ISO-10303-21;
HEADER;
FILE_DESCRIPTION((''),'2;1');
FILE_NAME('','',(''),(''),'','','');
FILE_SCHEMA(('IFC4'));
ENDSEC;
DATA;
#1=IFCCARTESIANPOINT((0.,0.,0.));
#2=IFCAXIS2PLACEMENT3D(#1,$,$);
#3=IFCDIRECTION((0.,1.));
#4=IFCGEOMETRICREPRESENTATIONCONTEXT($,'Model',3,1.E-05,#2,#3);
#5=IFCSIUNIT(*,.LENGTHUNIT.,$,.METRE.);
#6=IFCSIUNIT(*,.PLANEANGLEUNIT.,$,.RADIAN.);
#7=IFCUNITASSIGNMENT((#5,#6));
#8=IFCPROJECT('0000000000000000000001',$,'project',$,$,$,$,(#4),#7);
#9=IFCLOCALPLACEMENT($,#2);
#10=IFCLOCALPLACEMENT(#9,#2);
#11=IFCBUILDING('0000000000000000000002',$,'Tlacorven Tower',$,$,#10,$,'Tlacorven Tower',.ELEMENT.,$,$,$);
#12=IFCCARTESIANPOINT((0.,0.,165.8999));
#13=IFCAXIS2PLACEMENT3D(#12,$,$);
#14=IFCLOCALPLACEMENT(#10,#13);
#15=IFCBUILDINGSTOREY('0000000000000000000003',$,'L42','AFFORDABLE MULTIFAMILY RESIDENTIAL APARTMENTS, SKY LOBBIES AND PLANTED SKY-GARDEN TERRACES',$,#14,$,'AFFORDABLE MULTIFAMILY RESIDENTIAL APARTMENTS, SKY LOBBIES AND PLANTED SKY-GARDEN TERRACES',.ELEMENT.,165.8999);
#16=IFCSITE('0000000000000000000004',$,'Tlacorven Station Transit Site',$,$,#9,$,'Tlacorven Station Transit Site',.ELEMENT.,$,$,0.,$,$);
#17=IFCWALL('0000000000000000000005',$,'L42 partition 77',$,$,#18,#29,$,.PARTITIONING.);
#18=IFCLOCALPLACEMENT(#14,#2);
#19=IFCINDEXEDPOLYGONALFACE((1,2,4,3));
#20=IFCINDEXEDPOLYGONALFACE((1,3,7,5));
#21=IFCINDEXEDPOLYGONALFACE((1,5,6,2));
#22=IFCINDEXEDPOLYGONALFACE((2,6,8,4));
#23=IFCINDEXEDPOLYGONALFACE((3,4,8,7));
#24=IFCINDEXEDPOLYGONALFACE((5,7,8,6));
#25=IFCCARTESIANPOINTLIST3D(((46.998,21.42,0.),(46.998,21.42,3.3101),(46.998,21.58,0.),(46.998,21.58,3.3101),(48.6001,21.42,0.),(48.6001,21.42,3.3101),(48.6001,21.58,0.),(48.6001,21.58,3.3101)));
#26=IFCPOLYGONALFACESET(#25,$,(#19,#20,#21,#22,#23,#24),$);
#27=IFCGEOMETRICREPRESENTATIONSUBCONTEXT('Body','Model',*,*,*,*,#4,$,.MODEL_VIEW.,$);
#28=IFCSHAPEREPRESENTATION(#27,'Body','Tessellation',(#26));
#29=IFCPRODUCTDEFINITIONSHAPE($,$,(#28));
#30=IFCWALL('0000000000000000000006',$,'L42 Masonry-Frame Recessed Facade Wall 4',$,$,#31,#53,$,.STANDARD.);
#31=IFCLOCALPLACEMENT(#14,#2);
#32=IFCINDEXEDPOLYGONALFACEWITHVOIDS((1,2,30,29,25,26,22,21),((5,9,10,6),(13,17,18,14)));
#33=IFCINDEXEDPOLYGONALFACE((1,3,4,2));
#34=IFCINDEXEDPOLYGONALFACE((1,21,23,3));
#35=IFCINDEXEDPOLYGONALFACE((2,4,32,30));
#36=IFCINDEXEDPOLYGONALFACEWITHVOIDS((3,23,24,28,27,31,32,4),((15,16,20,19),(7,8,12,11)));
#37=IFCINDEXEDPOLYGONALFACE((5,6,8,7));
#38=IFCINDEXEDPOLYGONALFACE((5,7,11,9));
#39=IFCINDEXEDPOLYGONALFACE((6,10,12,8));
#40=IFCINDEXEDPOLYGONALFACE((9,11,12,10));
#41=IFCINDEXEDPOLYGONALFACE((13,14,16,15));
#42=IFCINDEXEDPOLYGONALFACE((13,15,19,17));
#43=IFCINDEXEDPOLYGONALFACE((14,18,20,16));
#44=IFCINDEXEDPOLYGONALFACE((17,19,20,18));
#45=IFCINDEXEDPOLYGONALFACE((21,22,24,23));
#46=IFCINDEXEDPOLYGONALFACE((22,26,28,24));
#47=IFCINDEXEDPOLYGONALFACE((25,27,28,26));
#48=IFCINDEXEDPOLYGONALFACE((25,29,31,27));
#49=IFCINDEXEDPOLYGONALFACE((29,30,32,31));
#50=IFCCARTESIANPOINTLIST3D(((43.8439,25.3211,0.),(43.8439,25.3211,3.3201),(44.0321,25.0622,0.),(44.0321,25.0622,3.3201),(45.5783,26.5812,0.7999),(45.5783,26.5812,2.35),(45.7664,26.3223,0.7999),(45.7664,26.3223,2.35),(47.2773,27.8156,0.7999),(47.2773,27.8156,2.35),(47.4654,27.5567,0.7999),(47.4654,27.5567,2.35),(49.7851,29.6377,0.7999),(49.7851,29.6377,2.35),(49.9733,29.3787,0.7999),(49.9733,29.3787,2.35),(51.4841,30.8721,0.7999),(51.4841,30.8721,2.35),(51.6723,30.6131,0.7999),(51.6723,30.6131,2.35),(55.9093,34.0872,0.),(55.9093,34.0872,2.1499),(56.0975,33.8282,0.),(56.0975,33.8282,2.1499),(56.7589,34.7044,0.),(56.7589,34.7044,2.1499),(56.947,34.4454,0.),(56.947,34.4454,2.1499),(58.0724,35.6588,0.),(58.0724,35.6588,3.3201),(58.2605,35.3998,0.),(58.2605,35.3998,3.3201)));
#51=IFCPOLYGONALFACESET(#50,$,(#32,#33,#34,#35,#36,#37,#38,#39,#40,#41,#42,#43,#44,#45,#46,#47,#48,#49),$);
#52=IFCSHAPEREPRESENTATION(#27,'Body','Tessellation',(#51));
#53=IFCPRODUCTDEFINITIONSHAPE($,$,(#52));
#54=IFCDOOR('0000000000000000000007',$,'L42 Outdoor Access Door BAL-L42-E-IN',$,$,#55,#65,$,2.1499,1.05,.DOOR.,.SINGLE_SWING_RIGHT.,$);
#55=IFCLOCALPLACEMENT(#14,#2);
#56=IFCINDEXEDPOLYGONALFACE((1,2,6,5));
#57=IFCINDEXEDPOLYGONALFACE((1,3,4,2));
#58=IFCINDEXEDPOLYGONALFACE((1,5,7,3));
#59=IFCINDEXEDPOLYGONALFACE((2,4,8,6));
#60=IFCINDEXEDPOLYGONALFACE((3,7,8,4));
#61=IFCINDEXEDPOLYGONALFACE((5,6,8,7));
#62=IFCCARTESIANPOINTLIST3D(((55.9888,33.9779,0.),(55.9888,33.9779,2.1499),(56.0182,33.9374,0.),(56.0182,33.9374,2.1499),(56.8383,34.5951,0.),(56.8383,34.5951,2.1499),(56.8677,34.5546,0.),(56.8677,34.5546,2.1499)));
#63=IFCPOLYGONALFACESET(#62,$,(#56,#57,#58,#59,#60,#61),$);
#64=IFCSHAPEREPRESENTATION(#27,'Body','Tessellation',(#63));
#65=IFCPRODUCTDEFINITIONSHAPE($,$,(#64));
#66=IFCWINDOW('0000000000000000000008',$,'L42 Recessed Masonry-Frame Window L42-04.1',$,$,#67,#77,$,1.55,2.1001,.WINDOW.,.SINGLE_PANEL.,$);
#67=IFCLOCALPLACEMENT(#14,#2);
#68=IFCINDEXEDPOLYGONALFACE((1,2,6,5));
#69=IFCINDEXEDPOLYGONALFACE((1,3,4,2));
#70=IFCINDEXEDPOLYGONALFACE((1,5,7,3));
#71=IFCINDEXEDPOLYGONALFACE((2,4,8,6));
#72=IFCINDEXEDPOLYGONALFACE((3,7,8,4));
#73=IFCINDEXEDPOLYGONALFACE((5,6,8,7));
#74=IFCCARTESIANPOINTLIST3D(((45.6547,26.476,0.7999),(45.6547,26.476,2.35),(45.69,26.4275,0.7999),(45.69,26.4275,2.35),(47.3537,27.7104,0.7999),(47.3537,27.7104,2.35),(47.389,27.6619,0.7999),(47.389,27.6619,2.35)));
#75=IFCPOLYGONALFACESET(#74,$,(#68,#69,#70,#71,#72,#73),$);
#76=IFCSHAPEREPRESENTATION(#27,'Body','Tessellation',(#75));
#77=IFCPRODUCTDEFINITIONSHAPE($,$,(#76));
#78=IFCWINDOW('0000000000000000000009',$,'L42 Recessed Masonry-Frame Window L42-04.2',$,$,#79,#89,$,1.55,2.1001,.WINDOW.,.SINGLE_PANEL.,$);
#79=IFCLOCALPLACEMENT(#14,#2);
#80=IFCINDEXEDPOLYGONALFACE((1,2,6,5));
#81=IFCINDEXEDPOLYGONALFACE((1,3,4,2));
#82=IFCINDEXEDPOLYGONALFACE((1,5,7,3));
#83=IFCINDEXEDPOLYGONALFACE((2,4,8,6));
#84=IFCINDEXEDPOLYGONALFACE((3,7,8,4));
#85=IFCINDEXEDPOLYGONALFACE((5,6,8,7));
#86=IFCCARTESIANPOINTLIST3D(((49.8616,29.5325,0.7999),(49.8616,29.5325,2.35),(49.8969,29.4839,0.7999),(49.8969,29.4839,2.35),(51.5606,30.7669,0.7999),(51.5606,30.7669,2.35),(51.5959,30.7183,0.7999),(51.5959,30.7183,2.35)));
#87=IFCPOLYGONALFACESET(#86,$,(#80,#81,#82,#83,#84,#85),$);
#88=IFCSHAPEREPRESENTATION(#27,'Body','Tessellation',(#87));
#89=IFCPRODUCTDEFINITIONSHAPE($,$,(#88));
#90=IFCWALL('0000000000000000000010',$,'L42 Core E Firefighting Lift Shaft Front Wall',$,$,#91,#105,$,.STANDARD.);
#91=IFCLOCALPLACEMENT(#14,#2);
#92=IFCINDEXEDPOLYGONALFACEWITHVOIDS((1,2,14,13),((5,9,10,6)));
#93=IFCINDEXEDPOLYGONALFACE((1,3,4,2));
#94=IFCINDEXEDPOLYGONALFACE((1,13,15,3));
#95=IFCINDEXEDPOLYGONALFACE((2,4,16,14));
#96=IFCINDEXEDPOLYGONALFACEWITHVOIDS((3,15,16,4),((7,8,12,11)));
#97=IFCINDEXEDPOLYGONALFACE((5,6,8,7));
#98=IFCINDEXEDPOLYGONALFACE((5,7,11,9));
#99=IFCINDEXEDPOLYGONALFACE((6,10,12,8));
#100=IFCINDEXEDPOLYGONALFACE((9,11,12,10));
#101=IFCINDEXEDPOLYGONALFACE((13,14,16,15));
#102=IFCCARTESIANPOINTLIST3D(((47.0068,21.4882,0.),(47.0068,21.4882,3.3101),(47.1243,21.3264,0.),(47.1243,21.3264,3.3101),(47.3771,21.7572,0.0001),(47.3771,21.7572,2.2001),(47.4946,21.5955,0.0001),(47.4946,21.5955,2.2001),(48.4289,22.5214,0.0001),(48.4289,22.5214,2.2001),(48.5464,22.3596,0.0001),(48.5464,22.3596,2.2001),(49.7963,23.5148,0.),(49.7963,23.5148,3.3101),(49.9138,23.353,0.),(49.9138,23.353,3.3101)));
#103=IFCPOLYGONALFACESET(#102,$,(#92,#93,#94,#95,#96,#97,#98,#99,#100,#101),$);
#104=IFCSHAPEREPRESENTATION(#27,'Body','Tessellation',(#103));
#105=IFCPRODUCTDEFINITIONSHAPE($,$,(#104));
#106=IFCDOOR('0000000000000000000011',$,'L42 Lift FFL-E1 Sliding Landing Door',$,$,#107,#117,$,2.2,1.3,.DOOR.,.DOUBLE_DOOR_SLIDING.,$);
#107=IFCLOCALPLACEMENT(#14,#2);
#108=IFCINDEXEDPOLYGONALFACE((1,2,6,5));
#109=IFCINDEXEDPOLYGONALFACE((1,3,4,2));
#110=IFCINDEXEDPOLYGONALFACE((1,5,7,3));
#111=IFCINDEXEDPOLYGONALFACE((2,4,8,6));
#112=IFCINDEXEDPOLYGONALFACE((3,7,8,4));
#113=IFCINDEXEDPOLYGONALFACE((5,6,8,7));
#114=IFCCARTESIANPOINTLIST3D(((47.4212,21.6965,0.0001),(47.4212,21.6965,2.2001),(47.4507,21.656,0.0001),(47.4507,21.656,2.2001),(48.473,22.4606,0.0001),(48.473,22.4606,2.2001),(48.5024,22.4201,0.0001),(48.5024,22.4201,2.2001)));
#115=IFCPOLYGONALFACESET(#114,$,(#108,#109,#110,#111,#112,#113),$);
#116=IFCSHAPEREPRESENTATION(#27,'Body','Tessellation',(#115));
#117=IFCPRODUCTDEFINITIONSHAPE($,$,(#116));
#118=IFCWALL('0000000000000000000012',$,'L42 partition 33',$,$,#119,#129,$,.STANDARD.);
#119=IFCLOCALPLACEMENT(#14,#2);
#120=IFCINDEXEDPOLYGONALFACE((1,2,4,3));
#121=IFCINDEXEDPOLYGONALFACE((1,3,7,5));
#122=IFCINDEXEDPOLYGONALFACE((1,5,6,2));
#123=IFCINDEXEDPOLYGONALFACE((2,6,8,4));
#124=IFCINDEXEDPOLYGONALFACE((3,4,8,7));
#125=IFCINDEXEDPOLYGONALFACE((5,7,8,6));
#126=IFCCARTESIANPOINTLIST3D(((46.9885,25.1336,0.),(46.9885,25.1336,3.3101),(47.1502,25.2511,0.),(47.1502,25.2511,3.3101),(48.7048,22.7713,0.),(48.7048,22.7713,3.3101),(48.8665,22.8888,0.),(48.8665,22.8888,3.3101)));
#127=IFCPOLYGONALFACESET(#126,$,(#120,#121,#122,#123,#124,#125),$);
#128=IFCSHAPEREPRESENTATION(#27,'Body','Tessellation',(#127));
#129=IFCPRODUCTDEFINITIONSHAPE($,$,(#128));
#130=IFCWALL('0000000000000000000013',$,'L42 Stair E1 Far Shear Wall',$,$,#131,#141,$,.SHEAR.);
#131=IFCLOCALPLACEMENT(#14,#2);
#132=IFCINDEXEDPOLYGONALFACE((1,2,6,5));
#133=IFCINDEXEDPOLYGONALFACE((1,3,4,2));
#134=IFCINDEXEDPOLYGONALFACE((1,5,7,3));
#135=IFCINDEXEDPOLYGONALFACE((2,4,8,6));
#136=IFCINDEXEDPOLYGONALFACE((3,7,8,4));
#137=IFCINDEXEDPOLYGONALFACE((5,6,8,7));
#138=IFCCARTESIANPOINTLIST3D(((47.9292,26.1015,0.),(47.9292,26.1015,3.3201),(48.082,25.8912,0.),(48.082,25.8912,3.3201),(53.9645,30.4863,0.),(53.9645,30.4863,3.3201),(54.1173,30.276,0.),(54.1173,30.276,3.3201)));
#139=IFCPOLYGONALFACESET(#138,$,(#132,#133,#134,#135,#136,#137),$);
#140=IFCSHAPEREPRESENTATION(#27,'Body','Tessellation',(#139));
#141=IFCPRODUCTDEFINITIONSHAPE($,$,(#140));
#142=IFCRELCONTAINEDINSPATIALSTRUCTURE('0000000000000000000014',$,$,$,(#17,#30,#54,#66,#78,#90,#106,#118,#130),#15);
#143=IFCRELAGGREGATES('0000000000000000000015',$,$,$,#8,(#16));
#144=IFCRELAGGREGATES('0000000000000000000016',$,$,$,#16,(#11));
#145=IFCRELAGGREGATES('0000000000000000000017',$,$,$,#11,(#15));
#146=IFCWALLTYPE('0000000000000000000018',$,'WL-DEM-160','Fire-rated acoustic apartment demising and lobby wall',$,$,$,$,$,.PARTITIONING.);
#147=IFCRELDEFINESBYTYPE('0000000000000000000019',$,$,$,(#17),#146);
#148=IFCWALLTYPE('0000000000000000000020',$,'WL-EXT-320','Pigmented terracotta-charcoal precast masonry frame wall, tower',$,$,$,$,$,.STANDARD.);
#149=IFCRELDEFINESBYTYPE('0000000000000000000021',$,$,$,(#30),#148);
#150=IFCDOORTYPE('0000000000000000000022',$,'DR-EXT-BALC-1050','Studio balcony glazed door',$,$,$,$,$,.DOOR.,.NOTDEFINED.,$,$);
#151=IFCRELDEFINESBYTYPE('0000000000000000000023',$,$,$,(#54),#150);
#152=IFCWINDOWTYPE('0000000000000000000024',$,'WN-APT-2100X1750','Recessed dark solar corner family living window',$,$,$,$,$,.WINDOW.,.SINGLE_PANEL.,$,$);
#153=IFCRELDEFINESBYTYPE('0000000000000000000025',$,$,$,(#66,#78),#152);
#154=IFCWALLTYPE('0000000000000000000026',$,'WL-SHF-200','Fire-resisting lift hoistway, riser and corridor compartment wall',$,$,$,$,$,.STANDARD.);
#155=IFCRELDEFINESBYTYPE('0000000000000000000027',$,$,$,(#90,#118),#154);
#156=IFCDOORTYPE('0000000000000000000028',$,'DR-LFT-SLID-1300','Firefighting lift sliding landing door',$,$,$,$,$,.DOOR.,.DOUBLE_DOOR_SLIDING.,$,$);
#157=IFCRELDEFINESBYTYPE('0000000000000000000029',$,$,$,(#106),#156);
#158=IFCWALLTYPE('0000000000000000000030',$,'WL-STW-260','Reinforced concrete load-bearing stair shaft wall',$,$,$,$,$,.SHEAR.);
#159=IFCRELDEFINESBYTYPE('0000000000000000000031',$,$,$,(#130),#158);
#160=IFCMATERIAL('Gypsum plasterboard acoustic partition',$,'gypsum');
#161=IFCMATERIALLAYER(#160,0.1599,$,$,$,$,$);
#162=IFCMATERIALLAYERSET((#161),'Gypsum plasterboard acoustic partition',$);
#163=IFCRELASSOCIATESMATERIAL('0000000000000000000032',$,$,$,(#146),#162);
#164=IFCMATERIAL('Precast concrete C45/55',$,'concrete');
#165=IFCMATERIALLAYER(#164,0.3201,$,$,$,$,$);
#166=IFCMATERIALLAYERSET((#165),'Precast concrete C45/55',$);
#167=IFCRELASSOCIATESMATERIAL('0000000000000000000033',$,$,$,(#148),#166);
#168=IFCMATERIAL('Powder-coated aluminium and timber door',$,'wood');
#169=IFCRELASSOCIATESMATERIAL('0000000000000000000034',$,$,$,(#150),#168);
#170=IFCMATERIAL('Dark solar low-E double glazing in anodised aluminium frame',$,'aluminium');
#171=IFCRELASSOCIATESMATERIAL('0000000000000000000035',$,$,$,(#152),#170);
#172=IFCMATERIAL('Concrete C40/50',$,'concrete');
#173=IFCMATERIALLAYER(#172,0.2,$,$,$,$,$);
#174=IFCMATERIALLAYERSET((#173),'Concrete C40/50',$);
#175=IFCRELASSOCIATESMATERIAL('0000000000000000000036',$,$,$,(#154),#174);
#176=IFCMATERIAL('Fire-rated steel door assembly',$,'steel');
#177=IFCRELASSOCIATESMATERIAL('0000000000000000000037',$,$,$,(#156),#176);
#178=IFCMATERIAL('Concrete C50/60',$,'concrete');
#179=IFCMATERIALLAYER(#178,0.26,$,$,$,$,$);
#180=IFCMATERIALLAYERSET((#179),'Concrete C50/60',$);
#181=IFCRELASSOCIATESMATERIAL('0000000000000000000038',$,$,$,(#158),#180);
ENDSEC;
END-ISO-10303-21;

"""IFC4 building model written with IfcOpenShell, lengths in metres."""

from ifc_helpers import new_model, si_unit, direction, frame, frame_2d, origin, place, context, subcontext, project, spatial, rectangle, extrude, source, transform, mapped, material, layer, layer_set, type_object, element, fill, save


model = new_model("IFC4")

# Units and contexts
model_context = context("Model", 3, precision=1e-05, world=origin(), true_north=direction((0.0, 1.0)))
body_context = subcontext(model_context, "Body", "Model", "MODEL_VIEW")
ifc_project = project(units=[si_unit("LENGTHUNIT", "METRE"), si_unit("PLANEANGLEUNIT", "RADIAN")], contexts=[model_context])

# Site, building, storey
site_placement = place(None, origin())
site = spatial("IfcSite", under=ifc_project, at=site_placement, Name="Tlacorven Station Transit Site", LongName="Tlacorven Station Transit Site", CompositionType="ELEMENT", RefElevation=0.0)
building_placement = place(site_placement, origin())
building = spatial("IfcBuilding", under=site, at=building_placement, Name="Tlacorven Tower", LongName="Tlacorven Tower", CompositionType="ELEMENT")
storey_placement = place(building_placement, frame((0.0, 0.0, 165.8999)))
storey = spatial("IfcBuildingStorey", under=building, at=storey_placement, Name="L42", Description="AFFORDABLE MULTIFAMILY RESIDENTIAL APARTMENTS, SKY LOBBIES AND PLANTED SKY-GARDEN TERRACES", LongName="AFFORDABLE MULTIFAMILY RESIDENTIAL APARTMENTS, SKY LOBBIES AND PLANTED SKY-GARDEN TERRACES", CompositionType="ELEMENT", Elevation=165.8999)

# Wall
ifc_material_1 = material(Name="Gypsum plasterboard acoustic partition", Category="gypsum")
ifc_layer_1 = layer(ifc_material_1, 0.1599)
ifc_layer_set_1 = layer_set([ifc_layer_1], Name="Gypsum plasterboard acoustic partition")
wall_type_1 = type_object("IfcWallType", Name="WL-DEM-160", Description="Fire-rated acoustic apartment demising and lobby wall", PredefinedType="PARTITIONING", material=ifc_layer_set_1)
wall_1_placement = place(storey_placement, frame((46.998, 21.5, 0.0), z_axis=(0.0, 0.0, 1.0), x_axis=(1.0, 0.0, 0.0)))
element("IfcWall", 1, at=wall_1_placement, inside=storey, type_object=wall_type_1, Name="L42 partition 77", PredefinedType="PARTITIONING", context=body_context, shape_type="SweptSolid", body=[
    extrude(rectangle(XDim=1.6021, YDim=0.1599, at=frame_2d((0.801, 0.0))), origin(), (0.0, 0.0, 1.0), 3.3101),
])

# Wall, openings, door, windows
ifc_material_2 = material(Name="Precast concrete C45/55", Category="concrete")
ifc_layer_2 = layer(ifc_material_2, 0.3201)
ifc_layer_set_2 = layer_set([ifc_layer_2], Name="Precast concrete C45/55")
wall_type_2 = type_object("IfcWallType", Name="WL-EXT-320", Description="Pigmented terracotta-charcoal precast masonry frame wall, tower", PredefinedType="STANDARD", material=ifc_layer_set_2)
wall_2_placement = place(storey_placement, frame((43.938, 25.1917, 0.0), z_axis=(0.0, 0.0, 1.0), x_axis=(0.809016, 0.587786, 0.0)))
wall_2 = element("IfcWall", 2, at=wall_2_placement, inside=storey, type_object=wall_type_2, Name="L42 Masonry-Frame Recessed Facade Wall 4", PredefinedType="STANDARD", context=body_context, shape_type="SweptSolid", body=[
    extrude(rectangle(XDim=17.5874, YDim=0.3201, at=frame_2d((8.7937, 0.0))), origin(), (0.0, 0.0, 1.0), 3.3201),
])
opening_1_placement = place(wall_2_placement, frame((14.9138, 0.0, 0.0)))
opening_1 = element("IfcOpeningElement", 3, at=opening_1_placement, cuts=wall_2, PredefinedType="OPENING", context=body_context, shape_type="SweptSolid", body=[
    extrude(rectangle(XDim=1.05, YDim=2.1499, at=frame_2d((0.5249, 1.075))), frame((0.0, 0.1699, 0.0), z_axis=(0.0, -1.0, 0.0), x_axis=(1.0, 0.0, 0.0)), (0.0, 0.0, 1.0), 0.3401),
])
opening_2_placement = place(wall_2_placement, frame((2.1438, 0.0, 0.8)))
opening_2 = element("IfcOpeningElement", 4, at=opening_2_placement, cuts=wall_2, PredefinedType="OPENING", context=body_context, shape_type="SweptSolid", body=[
    extrude(rectangle(XDim=2.1001, YDim=1.55, at=frame_2d((1.05, 0.7749))), frame((0.0, 0.1699, 0.0), z_axis=(0.0, -1.0, 0.0), x_axis=(1.0, 0.0, 0.0)), (0.0, 0.0, 1.0), 0.3401),
])
opening_3_placement = place(wall_2_placement, frame((7.3438, 0.0, 0.8)))
opening_3 = element("IfcOpeningElement", 5, at=opening_3_placement, cuts=wall_2, PredefinedType="OPENING", context=body_context, shape_type="SweptSolid", body=[
    extrude(rectangle(XDim=2.1001, YDim=1.55, at=frame_2d((1.05, 0.7749))), frame((0.0, 0.1699, 0.0), z_axis=(0.0, -1.0, 0.0), x_axis=(1.0, 0.0, 0.0)), (0.0, 0.0, 1.0), 0.3401),
])
ifc_material_3 = material(Name="Powder-coated aluminium and timber door", Category="wood")
door_type_1 = type_object("IfcDoorType", Name="DR-EXT-BALC-1050", Description="Studio balcony glazed door", OperationType="NOTDEFINED", PredefinedType="DOOR", material=ifc_material_3)
shared_shape_1 = source(origin(), body_context, "Body", "SweptSolid", [
    extrude(rectangle(XDim=1.05, YDim=2.1499, at=frame_2d((0.5249, 1.075))), frame((0.0, 0.0249, 0.0), z_axis=(0.0, -1.0, 0.0), x_axis=(1.0, 0.0, 0.0)), (0.0, 0.0, 1.0), 0.05),
])
door_1_placement = place(opening_1_placement, origin())
door_1 = element("IfcDoor", 6, at=door_1_placement, inside=storey, type_object=door_type_1, Name="L42 Outdoor Access Door BAL-L42-E-IN", OperationType="SINGLE_SWING_RIGHT", OverallHeight=2.1499, OverallWidth=1.05, PredefinedType="DOOR", context=body_context, shape_type="MappedRepresentation", body=[
    mapped(shared_shape_1, transform((0.0, 0.0, 0.0), scale=1.0)),
])
fill(opening_1, door_1)
ifc_material_4 = material(Name="Dark solar low-E double glazing in anodised aluminium frame", Category="aluminium")
window_type = type_object("IfcWindowType", Name="WN-APT-2100X1750", Description="Recessed dark solar corner family living window", PartitioningType="SINGLE_PANEL", PredefinedType="WINDOW", material=ifc_material_4)
shared_shape_2 = source(origin(), body_context, "Body", "SweptSolid", [
    extrude(rectangle(XDim=2.1001, YDim=1.55, at=frame_2d((1.05, 0.7749))), frame((0.0, 0.03, 0.0), z_axis=(0.0, -1.0, 0.0), x_axis=(1.0, 0.0, 0.0)), (0.0, 0.0, 1.0), 0.0601),
])
window_1_placement = place(opening_2_placement, origin())
window_1 = element("IfcWindow", 7, at=window_1_placement, inside=storey, type_object=window_type, Name="L42 Recessed Masonry-Frame Window L42-04.1", OverallHeight=1.55, OverallWidth=2.1001, PartitioningType="SINGLE_PANEL", PredefinedType="WINDOW", context=body_context, shape_type="MappedRepresentation", body=[
    mapped(shared_shape_2, transform((0.0, 0.0, 0.0), scale=1.0)),
])
fill(opening_2, window_1)
window_2_placement = place(opening_3_placement, origin())
window_2 = element("IfcWindow", 8, at=window_2_placement, inside=storey, type_object=window_type, Name="L42 Recessed Masonry-Frame Window L42-04.2", OverallHeight=1.55, OverallWidth=2.1001, PartitioningType="SINGLE_PANEL", PredefinedType="WINDOW", context=body_context, shape_type="MappedRepresentation", body=[
    mapped(shared_shape_2, transform((0.0, 0.0, 0.0), scale=1.0)),
])
fill(opening_3, window_2)

# Wall, opening, door
ifc_material_5 = material(Name="Concrete C40/50", Category="concrete")
ifc_layer_3 = layer(ifc_material_5, 0.2)
ifc_layer_set_3 = layer_set([ifc_layer_3], Name="Concrete C40/50")
wall_type_3 = type_object("IfcWallType", Name="WL-SHF-200", Description="Fire-resisting lift hoistway, riser and corridor compartment wall", PredefinedType="STANDARD", material=ifc_layer_set_3)
wall_3_placement = place(storey_placement, frame((47.0654, 21.4072, 0.0), z_axis=(0.0, 0.0, 1.0), x_axis=(0.809033, 0.587763, 0.0)))
wall_3 = element("IfcWall", 9, at=wall_3_placement, inside=storey, type_object=wall_type_3, Name="L42 Core E Firefighting Lift Shaft Front Wall", PredefinedType="STANDARD", context=body_context, shape_type="SweptSolid", body=[
    extrude(rectangle(XDim=3.448, YDim=0.2, at=frame_2d((1.7241, 0.0))), origin(), (0.0, 0.0, 1.0), 3.3101),
])
opening_4_placement = place(wall_3_placement, frame((0.458, 0.0, 0.0)))
opening_4 = element("IfcOpeningElement", 10, at=opening_4_placement, cuts=wall_3, PredefinedType="OPENING", context=body_context, shape_type="SweptSolid", body=[
    extrude(rectangle(XDim=1.3, YDim=2.2, at=frame_2d((0.6499, 1.1001))), frame((0.0, 0.1099, 0.0), z_axis=(0.0, -1.0, 0.0), x_axis=(1.0, 0.0, 0.0)), (0.0, 0.0, 1.0), 0.22),
])
ifc_material_6 = material(Name="Fire-rated steel door assembly", Category="steel")
door_type_2 = type_object("IfcDoorType", Name="DR-LFT-SLID-1300", Description="Firefighting lift sliding landing door", OperationType="DOUBLE_DOOR_SLIDING", PredefinedType="DOOR", material=ifc_material_6)
shared_shape_3 = source(origin(), body_context, "Body", "SweptSolid", [
    extrude(rectangle(XDim=1.3, YDim=2.2, at=frame_2d((0.6499, 1.1001))), frame((0.0, 0.0249, 0.0), z_axis=(0.0, -1.0, 0.0), x_axis=(1.0, 0.0, 0.0)), (0.0, 0.0, 1.0), 0.05),
])
door_2_placement = place(opening_4_placement, origin())
door_2 = element("IfcDoor", 11, at=door_2_placement, inside=storey, type_object=door_type_2, Name="L42 Lift FFL-E1 Sliding Landing Door", OperationType="DOUBLE_DOOR_SLIDING", OverallHeight=2.2, OverallWidth=1.3, PredefinedType="DOOR", context=body_context, shape_type="MappedRepresentation", body=[
    mapped(shared_shape_3, transform((0.0, 0.0, 0.0), scale=1.0)),
])
fill(opening_4, door_2)

# Walls
wall_4_placement = place(storey_placement, frame((48.7856, 22.8301, 0.0), z_axis=(0.0, 0.0, 1.0), x_axis=(-0.587784, 0.809018, 0.0)))
element("IfcWall", 12, at=wall_4_placement, inside=storey, type_object=wall_type_3, Name="L42 partition 33", PredefinedType="STANDARD", context=body_context, shape_type="SweptSolid", body=[
    extrude(rectangle(XDim=2.9199, YDim=0.2, at=frame_2d((1.46, 0.0))), origin(), (0.0, 0.0, 1.0), 3.3101),
])
ifc_material_7 = material(Name="Concrete C50/60", Category="concrete")
ifc_layer_4 = layer(ifc_material_7, 0.26)
ifc_layer_set_4 = layer_set([ifc_layer_4], Name="Concrete C50/60")
wall_type_4 = type_object("IfcWallType", Name="WL-STW-260", Description="Reinforced concrete load-bearing stair shaft wall", PredefinedType="SHEAR", material=ifc_layer_set_4)
wall_5_placement = place(storey_placement, frame((48.0056, 25.9963, 0.0), z_axis=(0.0, 0.0, 1.0), x_axis=(0.809019, 0.587782, 0.0)))
element("IfcWall", 13, at=wall_5_placement, inside=storey, type_object=wall_type_4, Name="L42 Stair E1 Far Shear Wall", PredefinedType="SHEAR", context=body_context, shape_type="SweptSolid", body=[
    extrude(rectangle(XDim=7.46, YDim=0.26, at=frame_2d((3.73, 0.0))), origin(), (0.0, 0.0, 1.0), 3.3201),
])

save(model, "model.ifc")
